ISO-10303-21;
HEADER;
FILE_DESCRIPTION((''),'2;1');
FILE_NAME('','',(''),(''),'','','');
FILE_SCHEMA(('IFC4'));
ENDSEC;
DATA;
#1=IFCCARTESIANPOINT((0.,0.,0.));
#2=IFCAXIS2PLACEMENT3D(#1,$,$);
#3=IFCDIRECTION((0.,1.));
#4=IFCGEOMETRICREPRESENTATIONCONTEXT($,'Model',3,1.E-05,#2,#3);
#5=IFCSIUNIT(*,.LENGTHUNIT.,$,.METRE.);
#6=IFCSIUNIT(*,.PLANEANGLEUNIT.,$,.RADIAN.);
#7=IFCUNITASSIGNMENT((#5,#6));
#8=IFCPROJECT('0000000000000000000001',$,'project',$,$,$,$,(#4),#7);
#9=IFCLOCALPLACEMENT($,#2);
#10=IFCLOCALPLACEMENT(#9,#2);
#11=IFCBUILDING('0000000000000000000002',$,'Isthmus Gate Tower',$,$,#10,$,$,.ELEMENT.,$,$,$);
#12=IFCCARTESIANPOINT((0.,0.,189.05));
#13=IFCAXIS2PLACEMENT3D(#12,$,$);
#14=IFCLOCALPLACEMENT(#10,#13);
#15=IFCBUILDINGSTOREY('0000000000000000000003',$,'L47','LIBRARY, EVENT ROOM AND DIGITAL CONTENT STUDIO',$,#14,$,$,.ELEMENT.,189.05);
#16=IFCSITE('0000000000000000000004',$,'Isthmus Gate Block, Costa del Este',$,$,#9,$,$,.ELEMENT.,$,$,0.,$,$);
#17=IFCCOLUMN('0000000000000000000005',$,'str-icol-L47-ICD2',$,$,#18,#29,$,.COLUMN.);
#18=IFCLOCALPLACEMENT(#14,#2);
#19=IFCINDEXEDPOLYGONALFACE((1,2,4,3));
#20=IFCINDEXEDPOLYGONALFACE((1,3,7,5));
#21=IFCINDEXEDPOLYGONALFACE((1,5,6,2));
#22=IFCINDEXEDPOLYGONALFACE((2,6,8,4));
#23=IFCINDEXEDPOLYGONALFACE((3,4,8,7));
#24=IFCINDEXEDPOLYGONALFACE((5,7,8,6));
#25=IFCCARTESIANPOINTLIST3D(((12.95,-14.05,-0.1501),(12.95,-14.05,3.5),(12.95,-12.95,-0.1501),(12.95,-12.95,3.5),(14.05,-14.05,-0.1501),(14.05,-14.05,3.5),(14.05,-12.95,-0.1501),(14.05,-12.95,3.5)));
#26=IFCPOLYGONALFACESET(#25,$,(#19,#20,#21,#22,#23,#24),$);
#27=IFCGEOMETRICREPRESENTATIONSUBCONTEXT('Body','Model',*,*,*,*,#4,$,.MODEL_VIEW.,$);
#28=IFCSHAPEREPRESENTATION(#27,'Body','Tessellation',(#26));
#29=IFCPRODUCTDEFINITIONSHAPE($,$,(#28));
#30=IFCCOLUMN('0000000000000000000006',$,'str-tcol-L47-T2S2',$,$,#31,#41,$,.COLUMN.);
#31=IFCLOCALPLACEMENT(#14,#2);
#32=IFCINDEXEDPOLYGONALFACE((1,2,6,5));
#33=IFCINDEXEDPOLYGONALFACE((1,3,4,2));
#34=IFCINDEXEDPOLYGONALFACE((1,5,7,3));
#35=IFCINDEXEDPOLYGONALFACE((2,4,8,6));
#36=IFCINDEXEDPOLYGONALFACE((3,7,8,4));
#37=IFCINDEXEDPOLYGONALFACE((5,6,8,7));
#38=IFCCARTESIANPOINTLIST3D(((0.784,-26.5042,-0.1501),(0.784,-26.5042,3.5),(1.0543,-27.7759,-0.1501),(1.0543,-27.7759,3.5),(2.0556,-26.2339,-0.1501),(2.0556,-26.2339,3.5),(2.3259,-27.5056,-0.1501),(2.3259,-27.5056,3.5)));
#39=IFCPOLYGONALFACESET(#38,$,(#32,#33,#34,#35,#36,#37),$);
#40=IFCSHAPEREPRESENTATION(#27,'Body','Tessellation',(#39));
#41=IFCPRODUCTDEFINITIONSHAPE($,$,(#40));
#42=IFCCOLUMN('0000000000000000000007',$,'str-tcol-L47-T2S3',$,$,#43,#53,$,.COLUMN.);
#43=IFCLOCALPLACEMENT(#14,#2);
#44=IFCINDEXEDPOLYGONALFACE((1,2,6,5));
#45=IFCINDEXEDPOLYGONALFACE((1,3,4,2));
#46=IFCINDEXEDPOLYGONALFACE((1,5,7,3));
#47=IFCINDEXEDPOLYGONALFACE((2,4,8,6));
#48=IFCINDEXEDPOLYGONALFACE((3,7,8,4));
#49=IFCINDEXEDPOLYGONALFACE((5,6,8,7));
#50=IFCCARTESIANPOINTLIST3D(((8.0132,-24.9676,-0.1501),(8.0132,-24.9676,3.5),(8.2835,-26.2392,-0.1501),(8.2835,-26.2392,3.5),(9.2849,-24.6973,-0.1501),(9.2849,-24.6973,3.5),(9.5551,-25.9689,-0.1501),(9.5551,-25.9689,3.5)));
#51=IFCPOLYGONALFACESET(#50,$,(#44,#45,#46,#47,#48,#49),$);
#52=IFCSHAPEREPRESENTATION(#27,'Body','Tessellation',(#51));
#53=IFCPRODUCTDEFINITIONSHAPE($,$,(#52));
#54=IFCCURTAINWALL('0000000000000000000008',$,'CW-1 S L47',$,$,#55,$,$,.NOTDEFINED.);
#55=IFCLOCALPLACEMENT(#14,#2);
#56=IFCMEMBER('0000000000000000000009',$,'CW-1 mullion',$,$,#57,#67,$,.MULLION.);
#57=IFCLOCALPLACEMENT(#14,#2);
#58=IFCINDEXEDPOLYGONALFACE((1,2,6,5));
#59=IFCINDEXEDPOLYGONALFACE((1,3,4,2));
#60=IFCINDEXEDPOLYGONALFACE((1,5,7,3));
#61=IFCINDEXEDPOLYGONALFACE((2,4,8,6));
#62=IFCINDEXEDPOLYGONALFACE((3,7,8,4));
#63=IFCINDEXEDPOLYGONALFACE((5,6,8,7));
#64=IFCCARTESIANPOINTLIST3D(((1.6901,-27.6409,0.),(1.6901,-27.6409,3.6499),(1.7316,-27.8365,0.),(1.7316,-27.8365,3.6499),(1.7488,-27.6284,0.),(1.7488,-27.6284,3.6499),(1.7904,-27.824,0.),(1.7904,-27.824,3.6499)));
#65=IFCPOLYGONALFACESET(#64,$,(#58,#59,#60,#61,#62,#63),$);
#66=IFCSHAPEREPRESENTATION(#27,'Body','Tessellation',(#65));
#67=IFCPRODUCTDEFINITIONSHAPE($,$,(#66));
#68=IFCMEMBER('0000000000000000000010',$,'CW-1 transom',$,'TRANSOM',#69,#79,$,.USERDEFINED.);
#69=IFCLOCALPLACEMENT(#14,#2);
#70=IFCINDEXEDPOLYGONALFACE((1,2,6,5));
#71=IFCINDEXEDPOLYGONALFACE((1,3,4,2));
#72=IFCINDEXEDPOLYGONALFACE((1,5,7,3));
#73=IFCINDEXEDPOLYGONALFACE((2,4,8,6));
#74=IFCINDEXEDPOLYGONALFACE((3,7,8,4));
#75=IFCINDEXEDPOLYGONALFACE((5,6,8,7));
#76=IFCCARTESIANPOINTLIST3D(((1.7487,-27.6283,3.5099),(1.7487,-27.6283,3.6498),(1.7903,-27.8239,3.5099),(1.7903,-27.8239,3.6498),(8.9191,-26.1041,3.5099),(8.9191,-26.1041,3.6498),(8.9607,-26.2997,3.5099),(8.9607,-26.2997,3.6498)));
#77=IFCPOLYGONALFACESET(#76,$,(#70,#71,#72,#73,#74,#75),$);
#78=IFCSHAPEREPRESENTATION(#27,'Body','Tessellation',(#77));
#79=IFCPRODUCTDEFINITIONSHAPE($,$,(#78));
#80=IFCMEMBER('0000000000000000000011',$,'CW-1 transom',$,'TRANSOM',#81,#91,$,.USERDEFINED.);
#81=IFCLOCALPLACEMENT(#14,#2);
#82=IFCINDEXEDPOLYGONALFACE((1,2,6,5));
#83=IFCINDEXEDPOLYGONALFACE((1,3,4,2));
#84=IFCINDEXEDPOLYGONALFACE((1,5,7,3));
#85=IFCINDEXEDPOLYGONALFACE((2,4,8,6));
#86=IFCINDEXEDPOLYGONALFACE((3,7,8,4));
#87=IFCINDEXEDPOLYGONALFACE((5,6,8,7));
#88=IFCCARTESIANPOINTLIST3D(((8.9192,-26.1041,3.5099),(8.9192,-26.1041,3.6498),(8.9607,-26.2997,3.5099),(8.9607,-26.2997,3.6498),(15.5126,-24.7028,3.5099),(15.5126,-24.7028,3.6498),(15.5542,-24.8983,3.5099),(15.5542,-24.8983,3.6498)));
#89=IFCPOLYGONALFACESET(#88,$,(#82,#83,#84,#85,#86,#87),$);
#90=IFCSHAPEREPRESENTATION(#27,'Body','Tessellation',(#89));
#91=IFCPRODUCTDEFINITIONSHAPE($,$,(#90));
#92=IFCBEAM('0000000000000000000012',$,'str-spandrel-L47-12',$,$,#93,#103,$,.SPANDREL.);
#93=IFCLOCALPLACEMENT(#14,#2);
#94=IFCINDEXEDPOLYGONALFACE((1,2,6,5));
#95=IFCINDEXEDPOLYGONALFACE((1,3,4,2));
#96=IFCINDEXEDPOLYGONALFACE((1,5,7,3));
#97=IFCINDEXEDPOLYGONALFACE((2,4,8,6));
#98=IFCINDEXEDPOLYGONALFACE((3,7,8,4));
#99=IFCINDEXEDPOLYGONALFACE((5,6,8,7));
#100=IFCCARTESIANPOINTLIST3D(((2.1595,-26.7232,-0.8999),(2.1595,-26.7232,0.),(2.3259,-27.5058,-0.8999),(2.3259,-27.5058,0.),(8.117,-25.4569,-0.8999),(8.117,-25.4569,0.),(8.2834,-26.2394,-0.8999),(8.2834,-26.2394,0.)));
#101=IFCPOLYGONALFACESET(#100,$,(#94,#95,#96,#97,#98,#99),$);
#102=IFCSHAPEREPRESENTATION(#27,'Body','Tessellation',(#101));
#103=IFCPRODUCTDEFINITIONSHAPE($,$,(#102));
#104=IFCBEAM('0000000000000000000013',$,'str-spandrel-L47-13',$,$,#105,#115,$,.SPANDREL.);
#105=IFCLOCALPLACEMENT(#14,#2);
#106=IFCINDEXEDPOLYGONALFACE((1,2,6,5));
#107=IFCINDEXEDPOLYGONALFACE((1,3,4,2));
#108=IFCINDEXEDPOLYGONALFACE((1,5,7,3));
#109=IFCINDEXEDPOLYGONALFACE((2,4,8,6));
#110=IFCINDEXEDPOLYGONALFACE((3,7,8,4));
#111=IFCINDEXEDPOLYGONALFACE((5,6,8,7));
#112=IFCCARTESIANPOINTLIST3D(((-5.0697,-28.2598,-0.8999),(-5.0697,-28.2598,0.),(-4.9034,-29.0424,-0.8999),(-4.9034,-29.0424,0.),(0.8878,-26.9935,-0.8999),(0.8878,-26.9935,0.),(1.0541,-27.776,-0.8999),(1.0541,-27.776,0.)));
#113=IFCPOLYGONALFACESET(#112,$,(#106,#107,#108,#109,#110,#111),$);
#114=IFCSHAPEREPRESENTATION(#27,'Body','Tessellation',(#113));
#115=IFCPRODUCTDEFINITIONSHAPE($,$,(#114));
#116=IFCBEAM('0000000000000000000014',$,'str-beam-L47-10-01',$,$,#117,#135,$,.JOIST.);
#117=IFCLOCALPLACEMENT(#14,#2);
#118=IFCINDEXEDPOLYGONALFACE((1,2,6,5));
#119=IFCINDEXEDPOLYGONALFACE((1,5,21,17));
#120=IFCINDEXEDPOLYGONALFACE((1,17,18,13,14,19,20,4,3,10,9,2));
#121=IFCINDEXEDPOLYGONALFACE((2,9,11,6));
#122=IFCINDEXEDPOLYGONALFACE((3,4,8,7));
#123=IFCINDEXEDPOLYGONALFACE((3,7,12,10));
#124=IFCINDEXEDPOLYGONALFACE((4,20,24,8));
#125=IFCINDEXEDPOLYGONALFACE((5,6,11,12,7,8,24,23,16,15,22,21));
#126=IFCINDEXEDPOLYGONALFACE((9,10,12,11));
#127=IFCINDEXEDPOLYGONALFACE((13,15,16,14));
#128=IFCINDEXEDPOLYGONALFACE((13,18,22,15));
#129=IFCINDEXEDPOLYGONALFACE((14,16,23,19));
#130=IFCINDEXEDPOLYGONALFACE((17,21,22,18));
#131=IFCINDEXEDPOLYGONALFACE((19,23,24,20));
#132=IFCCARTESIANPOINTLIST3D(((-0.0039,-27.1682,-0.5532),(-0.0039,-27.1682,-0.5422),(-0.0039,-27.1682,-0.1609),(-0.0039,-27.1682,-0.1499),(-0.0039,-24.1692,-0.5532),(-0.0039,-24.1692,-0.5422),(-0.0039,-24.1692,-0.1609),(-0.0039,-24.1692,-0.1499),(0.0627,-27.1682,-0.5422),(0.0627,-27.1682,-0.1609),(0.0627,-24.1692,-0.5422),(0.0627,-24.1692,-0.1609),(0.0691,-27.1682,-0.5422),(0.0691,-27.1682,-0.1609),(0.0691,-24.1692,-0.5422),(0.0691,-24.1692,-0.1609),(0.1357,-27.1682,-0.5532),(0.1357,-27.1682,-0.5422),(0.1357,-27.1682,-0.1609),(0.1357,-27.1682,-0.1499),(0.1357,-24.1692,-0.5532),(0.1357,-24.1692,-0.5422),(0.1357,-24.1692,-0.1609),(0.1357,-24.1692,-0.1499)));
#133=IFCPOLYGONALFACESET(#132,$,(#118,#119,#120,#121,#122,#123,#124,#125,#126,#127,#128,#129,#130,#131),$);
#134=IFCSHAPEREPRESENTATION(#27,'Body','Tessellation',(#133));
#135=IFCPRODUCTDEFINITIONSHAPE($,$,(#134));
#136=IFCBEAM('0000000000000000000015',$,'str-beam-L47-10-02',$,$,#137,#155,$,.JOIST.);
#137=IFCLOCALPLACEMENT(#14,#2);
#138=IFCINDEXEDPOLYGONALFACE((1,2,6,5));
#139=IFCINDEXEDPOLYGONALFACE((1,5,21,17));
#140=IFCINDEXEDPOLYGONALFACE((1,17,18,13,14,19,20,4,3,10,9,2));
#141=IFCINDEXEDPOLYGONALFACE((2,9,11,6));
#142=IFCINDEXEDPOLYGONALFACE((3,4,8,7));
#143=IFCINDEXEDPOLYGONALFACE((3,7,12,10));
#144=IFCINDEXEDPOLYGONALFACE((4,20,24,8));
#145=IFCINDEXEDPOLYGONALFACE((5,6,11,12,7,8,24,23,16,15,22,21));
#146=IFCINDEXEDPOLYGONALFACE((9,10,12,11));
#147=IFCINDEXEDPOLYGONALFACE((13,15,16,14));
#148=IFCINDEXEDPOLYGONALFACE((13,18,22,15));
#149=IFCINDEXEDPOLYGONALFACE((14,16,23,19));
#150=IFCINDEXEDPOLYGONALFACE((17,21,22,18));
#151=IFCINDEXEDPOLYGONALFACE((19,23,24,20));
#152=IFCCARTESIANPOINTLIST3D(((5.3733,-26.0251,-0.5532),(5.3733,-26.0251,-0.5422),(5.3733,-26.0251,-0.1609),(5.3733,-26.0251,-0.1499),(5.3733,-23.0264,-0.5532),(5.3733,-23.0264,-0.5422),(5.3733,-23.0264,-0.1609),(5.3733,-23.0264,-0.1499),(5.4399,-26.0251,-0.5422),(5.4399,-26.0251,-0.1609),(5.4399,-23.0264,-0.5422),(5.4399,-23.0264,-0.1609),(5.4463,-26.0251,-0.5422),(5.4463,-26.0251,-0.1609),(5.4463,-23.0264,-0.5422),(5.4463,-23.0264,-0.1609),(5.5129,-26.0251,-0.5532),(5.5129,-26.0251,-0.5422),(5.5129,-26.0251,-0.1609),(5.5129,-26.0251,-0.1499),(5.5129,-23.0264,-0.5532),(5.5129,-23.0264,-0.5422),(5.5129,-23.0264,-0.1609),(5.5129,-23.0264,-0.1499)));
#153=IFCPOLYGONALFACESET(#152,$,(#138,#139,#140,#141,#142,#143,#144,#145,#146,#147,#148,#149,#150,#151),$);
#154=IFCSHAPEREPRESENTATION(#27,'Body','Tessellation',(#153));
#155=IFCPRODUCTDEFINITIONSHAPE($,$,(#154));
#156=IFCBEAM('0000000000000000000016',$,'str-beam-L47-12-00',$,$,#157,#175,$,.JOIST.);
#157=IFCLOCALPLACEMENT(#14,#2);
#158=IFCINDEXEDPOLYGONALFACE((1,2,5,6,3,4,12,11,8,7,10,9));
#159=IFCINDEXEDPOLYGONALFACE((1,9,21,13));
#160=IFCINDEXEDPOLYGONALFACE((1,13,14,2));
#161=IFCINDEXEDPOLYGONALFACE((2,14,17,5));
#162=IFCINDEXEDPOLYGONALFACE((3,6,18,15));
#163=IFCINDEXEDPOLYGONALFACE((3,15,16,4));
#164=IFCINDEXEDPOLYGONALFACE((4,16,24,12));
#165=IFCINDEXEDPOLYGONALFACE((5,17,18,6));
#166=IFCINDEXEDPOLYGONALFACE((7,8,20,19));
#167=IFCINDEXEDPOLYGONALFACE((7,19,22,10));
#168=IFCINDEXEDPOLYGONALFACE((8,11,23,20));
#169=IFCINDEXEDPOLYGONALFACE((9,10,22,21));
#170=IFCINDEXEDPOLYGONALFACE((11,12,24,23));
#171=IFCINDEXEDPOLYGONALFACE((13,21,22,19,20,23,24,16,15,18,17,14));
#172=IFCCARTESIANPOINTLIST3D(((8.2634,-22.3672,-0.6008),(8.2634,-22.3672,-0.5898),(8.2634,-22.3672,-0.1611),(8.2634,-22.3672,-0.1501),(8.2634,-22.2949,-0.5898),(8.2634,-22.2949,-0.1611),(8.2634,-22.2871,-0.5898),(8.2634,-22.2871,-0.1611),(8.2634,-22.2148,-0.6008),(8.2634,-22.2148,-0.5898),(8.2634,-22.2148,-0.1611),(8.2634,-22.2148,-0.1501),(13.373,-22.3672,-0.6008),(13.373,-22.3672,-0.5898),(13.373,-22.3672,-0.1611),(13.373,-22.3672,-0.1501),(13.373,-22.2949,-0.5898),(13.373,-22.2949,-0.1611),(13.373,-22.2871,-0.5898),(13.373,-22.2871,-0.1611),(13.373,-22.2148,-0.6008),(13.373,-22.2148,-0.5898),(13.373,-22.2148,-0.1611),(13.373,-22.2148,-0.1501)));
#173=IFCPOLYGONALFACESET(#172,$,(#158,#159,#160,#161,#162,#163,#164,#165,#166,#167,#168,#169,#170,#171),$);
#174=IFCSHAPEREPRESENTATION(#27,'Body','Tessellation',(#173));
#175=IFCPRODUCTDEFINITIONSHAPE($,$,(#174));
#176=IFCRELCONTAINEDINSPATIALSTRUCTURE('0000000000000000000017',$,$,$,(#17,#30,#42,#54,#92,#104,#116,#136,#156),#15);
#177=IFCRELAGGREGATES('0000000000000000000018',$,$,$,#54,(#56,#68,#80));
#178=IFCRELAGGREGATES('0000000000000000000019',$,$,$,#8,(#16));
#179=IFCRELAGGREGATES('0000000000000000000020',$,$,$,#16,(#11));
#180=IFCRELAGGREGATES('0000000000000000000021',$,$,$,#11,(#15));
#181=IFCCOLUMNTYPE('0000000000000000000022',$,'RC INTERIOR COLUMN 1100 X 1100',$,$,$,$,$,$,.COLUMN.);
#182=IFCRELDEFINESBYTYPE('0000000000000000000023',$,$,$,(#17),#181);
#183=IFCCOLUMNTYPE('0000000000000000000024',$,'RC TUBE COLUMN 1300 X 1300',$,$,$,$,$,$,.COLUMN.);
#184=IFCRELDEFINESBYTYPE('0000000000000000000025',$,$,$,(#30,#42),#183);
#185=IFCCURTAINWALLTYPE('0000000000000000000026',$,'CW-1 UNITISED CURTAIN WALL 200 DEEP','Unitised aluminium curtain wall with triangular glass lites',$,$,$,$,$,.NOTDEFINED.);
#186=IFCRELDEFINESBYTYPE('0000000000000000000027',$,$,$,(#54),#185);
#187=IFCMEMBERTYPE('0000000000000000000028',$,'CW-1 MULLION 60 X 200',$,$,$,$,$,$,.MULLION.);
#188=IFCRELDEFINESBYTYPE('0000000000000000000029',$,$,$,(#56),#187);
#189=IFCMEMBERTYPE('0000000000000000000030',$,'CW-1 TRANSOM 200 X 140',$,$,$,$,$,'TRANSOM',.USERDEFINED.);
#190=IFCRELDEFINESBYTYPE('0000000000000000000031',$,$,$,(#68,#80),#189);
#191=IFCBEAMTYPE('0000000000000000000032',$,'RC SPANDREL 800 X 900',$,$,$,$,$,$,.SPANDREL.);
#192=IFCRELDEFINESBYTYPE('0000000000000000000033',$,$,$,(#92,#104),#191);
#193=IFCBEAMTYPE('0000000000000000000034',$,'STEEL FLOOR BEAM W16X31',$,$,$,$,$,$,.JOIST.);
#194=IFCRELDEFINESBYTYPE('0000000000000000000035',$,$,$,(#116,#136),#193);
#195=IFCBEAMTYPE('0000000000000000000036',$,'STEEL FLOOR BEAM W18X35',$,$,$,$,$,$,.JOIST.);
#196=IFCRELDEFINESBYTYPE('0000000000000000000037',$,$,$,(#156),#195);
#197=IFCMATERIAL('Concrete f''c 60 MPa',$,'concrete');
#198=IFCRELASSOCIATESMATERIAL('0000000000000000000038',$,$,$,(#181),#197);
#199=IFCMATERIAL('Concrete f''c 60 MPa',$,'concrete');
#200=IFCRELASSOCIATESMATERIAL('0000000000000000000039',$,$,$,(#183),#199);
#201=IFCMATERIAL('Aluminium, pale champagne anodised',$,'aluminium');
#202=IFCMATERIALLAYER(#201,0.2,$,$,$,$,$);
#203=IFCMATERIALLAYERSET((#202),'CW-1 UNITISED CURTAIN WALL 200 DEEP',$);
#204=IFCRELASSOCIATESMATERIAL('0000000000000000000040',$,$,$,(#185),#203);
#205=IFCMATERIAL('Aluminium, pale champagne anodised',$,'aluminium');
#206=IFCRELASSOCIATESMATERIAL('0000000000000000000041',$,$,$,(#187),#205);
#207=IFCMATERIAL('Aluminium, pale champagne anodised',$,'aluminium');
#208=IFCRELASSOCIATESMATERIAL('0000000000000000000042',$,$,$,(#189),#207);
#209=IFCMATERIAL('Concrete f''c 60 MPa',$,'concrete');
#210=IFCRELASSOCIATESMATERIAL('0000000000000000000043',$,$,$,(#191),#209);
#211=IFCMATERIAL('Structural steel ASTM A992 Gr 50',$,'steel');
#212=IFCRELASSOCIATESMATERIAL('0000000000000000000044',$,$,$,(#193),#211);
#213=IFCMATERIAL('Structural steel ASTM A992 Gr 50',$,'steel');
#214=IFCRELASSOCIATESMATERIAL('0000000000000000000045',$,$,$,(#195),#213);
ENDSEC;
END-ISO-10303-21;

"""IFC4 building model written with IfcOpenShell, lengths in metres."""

from ifc_helpers import new_model, si_unit, direction, frame, origin, origin_2d, place, context, subcontext, project, spatial, rectangle, i_section, extrude, material, layer, layer_set, material_profile, profile_set, type_object, element, aggregate, save


model = new_model("IFC4")

# Units and contexts
model_context = context("Model", 3, precision=1e-05, world=origin(), true_north=direction((0.0, 1.0)))
body_context = subcontext(model_context, "Body", "Model", "MODEL_VIEW")
ifc_project = project(units=[si_unit("LENGTHUNIT", "METRE"), si_unit("PLANEANGLEUNIT", "RADIAN")], contexts=[model_context])

# Site, building, storey
site_placement = place(None, origin())
site = spatial("IfcSite", under=ifc_project, at=site_placement, Name="Isthmus Gate Block, Costa del Este", CompositionType="ELEMENT", RefElevation=0.0)
building_placement = place(site_placement, origin())
building = spatial("IfcBuilding", under=site, at=building_placement, Name="Isthmus Gate Tower", CompositionType="ELEMENT")
storey_placement = place(building_placement, frame((0.0, 0.0, 189.05)))
storey = spatial("IfcBuildingStorey", under=building, at=storey_placement, Name="L47", Description="LIBRARY, EVENT ROOM AND DIGITAL CONTENT STUDIO", CompositionType="ELEMENT", Elevation=189.05)

# Columns
ifc_material_1 = material(Name="Concrete f'c 60 MPa", Category="concrete")
ifc_material_profile_1 = material_profile(ifc_material_1, rectangle(XDim=1.1001, YDim=1.1001, at=origin_2d()), Name="RC 1100X1100")
ifc_profile_set_1 = profile_set([ifc_material_profile_1], Name="Concrete f'c 60 MPa")
column_type_1 = type_object("IfcColumnType", Name="RC INTERIOR COLUMN 1100 X 1100", PredefinedType="COLUMN", material=ifc_profile_set_1)
column_placement = place(storey_placement, frame((13.5, -13.5, -0.1501), z_axis=(0.0, 0.0, 1.0), x_axis=(1.0, 0.0, 0.0)))
element("IfcColumn", 1, at=column_placement, inside=storey, type_object=column_type_1, Name="str-icol-L47-ICD2", PredefinedType="COLUMN", context=body_context, shape_type="SweptSolid", body=[
    extrude(rectangle(XDim=1.1001, YDim=1.1001, at=origin_2d()), origin(), (0.0, 0.0, 1.0), 3.6501),
])
ifc_material_2 = material(Name="Concrete f'c 60 MPa", Category="concrete")
ifc_material_profile_2 = material_profile(ifc_material_2, rectangle(XDim=1.3, YDim=1.3, at=origin_2d()), Name="RC 1300X1300")
ifc_profile_set_2 = profile_set([ifc_material_profile_2], Name="Concrete f'c 60 MPa")
column_type_2 = type_object("IfcColumnType", Name="RC TUBE COLUMN 1300 X 1300", PredefinedType="COLUMN", material=ifc_profile_set_2)
for number, where, z_axis, x_axis, name in (
    (2, (1.5549, -27.0049, -0.1501), (0.0, 0.0, 1.0), (0.978148, 0.207912, 0.0), "str-tcol-L47-T2S2"),
    (3, (8.7842, -25.4683, -0.1501), (0.0, 0.0, 1.0), (0.978148, 0.207912, 0.0), "str-tcol-L47-T2S3"),
):
    element("IfcColumn", number, at=place(storey_placement, frame(where, z_axis=z_axis, x_axis=x_axis)), inside=storey, type_object=column_type_2, Name=name, PredefinedType="COLUMN", context=body_context, shape_type="SweptSolid", body=[
        extrude(rectangle(XDim=1.3, YDim=1.3, at=origin_2d()), origin(), (0.0, 0.0, 1.0), 3.6501),
    ])

# Curtain wall, members
ifc_material_3 = material(Name="Aluminium, pale champagne anodised", Category="aluminium")
ifc_layer_1 = layer(ifc_material_3, 0.2)
ifc_layer_set_1 = layer_set([ifc_layer_1], Name="CW-1 UNITISED CURTAIN WALL 200 DEEP")
curtain_wall_type = type_object("IfcCurtainWallType", Name="CW-1 UNITISED CURTAIN WALL 200 DEEP", Description="Unitised aluminium curtain wall with triangular glass lites", PredefinedType="NOTDEFINED", material=ifc_layer_set_1)
curtain_wall_placement = place(storey_placement, origin())
curtain_wall = element("IfcCurtainWall", 4, at=curtain_wall_placement, inside=storey, type_object=curtain_wall_type, Name="CW-1 S L47", PredefinedType="NOTDEFINED")
ifc_material_4 = material(Name="Aluminium, pale champagne anodised", Category="aluminium")
ifc_material_profile_3 = material_profile(ifc_material_4, rectangle(XDim=0.0601, YDim=0.2, at=origin_2d()), Name="60x200")
ifc_profile_set_3 = profile_set([ifc_material_profile_3], Name="Aluminium, pale champagne anodised")
member_type_1 = type_object("IfcMemberType", Name="CW-1 MULLION 60 X 200", PredefinedType="MULLION", material=ifc_profile_set_3)
member_1_placement = place(storey_placement, frame((1.7402, -27.7324, 0.0), z_axis=(0.0, 0.0, 1.0), x_axis=(0.978148, 0.207912, 0.0)))
member_1 = element("IfcMember", 5, at=member_1_placement, type_object=member_type_1, Name="CW-1 mullion", PredefinedType="MULLION", context=body_context, shape_type="SweptSolid", body=[
    extrude(rectangle(XDim=0.0601, YDim=0.2, at=origin_2d()), origin(), (0.0, 0.0, 1.0), 3.6499),
])
ifc_material_5 = material(Name="Aluminium, pale champagne anodised", Category="aluminium")
ifc_material_profile_4 = material_profile(ifc_material_5, rectangle(XDim=0.2, YDim=0.1399, at=origin_2d()), Name="200x140")
ifc_profile_set_4 = profile_set([ifc_material_profile_4], Name="Aluminium, pale champagne anodised")
member_type_2 = type_object("IfcMemberType", Name="CW-1 TRANSOM 200 X 140", ElementType="TRANSOM", PredefinedType="USERDEFINED", material=ifc_profile_set_4)
member_2_placement = place(storey_placement, frame((1.7695, -27.7261, 3.5798), z_axis=(0.978146, 0.207919, 0.0), x_axis=(-0.207919, 0.978146, 0.0)))
member_2 = element("IfcMember", 6, at=member_2_placement, type_object=member_type_2, Name="CW-1 transom", ObjectType="TRANSOM", PredefinedType="USERDEFINED", context=body_context, shape_type="SweptSolid", body=[
    extrude(rectangle(XDim=0.2, YDim=0.1399, at=origin_2d()), origin(), (0.0, 0.0, 1.0), 7.3306),
])
member_3_placement = place(storey_placement, frame((8.9399, -26.2019, 3.5798), z_axis=(0.978151, 0.207894, 0.0), x_axis=(-0.207894, 0.978151, 0.0)))
member_3 = element("IfcMember", 7, at=member_3_placement, type_object=member_type_2, Name="CW-1 transom", ObjectType="TRANSOM", PredefinedType="USERDEFINED", context=body_context, shape_type="SweptSolid", body=[
    extrude(rectangle(XDim=0.2, YDim=0.1399, at=origin_2d()), origin(), (0.0, 0.0, 1.0), 6.7407),
])

# Beams
ifc_material_6 = material(Name="Concrete f'c 60 MPa", Category="concrete")
ifc_material_profile_5 = material_profile(ifc_material_6, rectangle(XDim=0.8, YDim=0.8999, at=origin_2d()), Name="RC 800X900")
ifc_profile_set_5 = profile_set([ifc_material_profile_5], Name="Concrete f'c 60 MPa")
beam_type_1 = type_object("IfcBeamType", Name="RC SPANDREL 800 X 900", PredefinedType="SPANDREL", material=ifc_profile_set_5)
for number, where, z_axis, x_axis, name in (
    (8, (8.2002, -25.8481, -0.45), (-0.978146, -0.207919, 0.0), (0.207919, -0.978146, 0.0), "str-spandrel-L47-12"),
    (9, (0.9709, -27.3848, -0.45), (-0.978146, -0.207919, 0.0), (0.207919, -0.978146, 0.0), "str-spandrel-L47-13"),
):
    element("IfcBeam", number, at=place(storey_placement, frame(where, z_axis=z_axis, x_axis=x_axis)), inside=storey, type_object=beam_type_1, Name=name, PredefinedType="SPANDREL", context=body_context, shape_type="SweptSolid", body=[
        extrude(rectangle(XDim=0.8, YDim=0.8999, at=origin_2d()), origin(), (0.0, 0.0, 1.0), 6.0906),
    ])
ifc_material_7 = material(Name="Structural steel ASTM A992 Gr 50", Category="steel")
ifc_material_profile_6 = material_profile(ifc_material_7, i_section(OverallWidth=0.1396, OverallDepth=0.4033, WebThickness=0.0063, FlangeThickness=0.011, at=origin_2d()), Name="W16X31")
ifc_profile_set_6 = profile_set([ifc_material_profile_6], Name="Structural steel ASTM A992 Gr 50")
beam_type_2 = type_object("IfcBeamType", Name="STEEL FLOOR BEAM W16X31", PredefinedType="JOIST", material=ifc_profile_set_6)
beam_1_placement = place(storey_placement, frame((0.0659, -27.1682, -0.3516), z_axis=(0.0, 1.0, 0.0), x_axis=(-1.0, 0.0, 0.0)))
element("IfcBeam", 10, at=beam_1_placement, inside=storey, type_object=beam_type_2, Name="str-beam-L47-10-01", PredefinedType="JOIST", context=body_context, shape_type="SweptSolid", body=[
    extrude(i_section(OverallWidth=0.1396, OverallDepth=0.4033, WebThickness=0.0063, FlangeThickness=0.011, at=origin_2d()), origin(), (0.0, 0.0, 1.0), 2.999),
])
beam_2_placement = place(storey_placement, frame((5.4431, -26.0251, -0.3516), z_axis=(0.0, 1.0, 0.0), x_axis=(-1.0, 0.0, 0.0)))
element("IfcBeam", 11, at=beam_2_placement, inside=storey, type_object=beam_type_2, Name="str-beam-L47-10-02", PredefinedType="JOIST", context=body_context, shape_type="SweptSolid", body=[
    extrude(i_section(OverallWidth=0.1396, OverallDepth=0.4033, WebThickness=0.0063, FlangeThickness=0.011, at=origin_2d()), origin(), (0.0, 0.0, 1.0), 2.9988),
])
ifc_material_8 = material(Name="Structural steel ASTM A992 Gr 50", Category="steel")
ifc_material_profile_7 = material_profile(ifc_material_8, i_section(OverallWidth=0.1523, OverallDepth=0.4507, WebThickness=0.0078, FlangeThickness=0.011, at=origin_2d()), Name="W18X35")
ifc_profile_set_7 = profile_set([ifc_material_profile_7], Name="Structural steel ASTM A992 Gr 50")
beam_type_3 = type_object("IfcBeamType", Name="STEEL FLOOR BEAM W18X35", PredefinedType="JOIST", material=ifc_profile_set_7)
for number, where, z_axis, x_axis, name in (
    (12, (8.2634, -22.291, -0.3755), (1.0, 0.0, 0.0), (0.0, 1.0, 0.0), "str-beam-L47-12-00"),
):
    element("IfcBeam", number, at=place(storey_placement, frame(where, z_axis=z_axis, x_axis=x_axis)), inside=storey, type_object=beam_type_3, Name=name, PredefinedType="JOIST", context=body_context, shape_type="SweptSolid", body=[
        extrude(i_section(OverallWidth=0.1523, OverallDepth=0.4507, WebThickness=0.0078, FlangeThickness=0.011, at=origin_2d()), origin(), (0.0, 0.0, 1.0), 5.1096),
    ])

aggregate(curtain_wall, [member_1, member_2, member_3])

save(model, "model.ifc")
